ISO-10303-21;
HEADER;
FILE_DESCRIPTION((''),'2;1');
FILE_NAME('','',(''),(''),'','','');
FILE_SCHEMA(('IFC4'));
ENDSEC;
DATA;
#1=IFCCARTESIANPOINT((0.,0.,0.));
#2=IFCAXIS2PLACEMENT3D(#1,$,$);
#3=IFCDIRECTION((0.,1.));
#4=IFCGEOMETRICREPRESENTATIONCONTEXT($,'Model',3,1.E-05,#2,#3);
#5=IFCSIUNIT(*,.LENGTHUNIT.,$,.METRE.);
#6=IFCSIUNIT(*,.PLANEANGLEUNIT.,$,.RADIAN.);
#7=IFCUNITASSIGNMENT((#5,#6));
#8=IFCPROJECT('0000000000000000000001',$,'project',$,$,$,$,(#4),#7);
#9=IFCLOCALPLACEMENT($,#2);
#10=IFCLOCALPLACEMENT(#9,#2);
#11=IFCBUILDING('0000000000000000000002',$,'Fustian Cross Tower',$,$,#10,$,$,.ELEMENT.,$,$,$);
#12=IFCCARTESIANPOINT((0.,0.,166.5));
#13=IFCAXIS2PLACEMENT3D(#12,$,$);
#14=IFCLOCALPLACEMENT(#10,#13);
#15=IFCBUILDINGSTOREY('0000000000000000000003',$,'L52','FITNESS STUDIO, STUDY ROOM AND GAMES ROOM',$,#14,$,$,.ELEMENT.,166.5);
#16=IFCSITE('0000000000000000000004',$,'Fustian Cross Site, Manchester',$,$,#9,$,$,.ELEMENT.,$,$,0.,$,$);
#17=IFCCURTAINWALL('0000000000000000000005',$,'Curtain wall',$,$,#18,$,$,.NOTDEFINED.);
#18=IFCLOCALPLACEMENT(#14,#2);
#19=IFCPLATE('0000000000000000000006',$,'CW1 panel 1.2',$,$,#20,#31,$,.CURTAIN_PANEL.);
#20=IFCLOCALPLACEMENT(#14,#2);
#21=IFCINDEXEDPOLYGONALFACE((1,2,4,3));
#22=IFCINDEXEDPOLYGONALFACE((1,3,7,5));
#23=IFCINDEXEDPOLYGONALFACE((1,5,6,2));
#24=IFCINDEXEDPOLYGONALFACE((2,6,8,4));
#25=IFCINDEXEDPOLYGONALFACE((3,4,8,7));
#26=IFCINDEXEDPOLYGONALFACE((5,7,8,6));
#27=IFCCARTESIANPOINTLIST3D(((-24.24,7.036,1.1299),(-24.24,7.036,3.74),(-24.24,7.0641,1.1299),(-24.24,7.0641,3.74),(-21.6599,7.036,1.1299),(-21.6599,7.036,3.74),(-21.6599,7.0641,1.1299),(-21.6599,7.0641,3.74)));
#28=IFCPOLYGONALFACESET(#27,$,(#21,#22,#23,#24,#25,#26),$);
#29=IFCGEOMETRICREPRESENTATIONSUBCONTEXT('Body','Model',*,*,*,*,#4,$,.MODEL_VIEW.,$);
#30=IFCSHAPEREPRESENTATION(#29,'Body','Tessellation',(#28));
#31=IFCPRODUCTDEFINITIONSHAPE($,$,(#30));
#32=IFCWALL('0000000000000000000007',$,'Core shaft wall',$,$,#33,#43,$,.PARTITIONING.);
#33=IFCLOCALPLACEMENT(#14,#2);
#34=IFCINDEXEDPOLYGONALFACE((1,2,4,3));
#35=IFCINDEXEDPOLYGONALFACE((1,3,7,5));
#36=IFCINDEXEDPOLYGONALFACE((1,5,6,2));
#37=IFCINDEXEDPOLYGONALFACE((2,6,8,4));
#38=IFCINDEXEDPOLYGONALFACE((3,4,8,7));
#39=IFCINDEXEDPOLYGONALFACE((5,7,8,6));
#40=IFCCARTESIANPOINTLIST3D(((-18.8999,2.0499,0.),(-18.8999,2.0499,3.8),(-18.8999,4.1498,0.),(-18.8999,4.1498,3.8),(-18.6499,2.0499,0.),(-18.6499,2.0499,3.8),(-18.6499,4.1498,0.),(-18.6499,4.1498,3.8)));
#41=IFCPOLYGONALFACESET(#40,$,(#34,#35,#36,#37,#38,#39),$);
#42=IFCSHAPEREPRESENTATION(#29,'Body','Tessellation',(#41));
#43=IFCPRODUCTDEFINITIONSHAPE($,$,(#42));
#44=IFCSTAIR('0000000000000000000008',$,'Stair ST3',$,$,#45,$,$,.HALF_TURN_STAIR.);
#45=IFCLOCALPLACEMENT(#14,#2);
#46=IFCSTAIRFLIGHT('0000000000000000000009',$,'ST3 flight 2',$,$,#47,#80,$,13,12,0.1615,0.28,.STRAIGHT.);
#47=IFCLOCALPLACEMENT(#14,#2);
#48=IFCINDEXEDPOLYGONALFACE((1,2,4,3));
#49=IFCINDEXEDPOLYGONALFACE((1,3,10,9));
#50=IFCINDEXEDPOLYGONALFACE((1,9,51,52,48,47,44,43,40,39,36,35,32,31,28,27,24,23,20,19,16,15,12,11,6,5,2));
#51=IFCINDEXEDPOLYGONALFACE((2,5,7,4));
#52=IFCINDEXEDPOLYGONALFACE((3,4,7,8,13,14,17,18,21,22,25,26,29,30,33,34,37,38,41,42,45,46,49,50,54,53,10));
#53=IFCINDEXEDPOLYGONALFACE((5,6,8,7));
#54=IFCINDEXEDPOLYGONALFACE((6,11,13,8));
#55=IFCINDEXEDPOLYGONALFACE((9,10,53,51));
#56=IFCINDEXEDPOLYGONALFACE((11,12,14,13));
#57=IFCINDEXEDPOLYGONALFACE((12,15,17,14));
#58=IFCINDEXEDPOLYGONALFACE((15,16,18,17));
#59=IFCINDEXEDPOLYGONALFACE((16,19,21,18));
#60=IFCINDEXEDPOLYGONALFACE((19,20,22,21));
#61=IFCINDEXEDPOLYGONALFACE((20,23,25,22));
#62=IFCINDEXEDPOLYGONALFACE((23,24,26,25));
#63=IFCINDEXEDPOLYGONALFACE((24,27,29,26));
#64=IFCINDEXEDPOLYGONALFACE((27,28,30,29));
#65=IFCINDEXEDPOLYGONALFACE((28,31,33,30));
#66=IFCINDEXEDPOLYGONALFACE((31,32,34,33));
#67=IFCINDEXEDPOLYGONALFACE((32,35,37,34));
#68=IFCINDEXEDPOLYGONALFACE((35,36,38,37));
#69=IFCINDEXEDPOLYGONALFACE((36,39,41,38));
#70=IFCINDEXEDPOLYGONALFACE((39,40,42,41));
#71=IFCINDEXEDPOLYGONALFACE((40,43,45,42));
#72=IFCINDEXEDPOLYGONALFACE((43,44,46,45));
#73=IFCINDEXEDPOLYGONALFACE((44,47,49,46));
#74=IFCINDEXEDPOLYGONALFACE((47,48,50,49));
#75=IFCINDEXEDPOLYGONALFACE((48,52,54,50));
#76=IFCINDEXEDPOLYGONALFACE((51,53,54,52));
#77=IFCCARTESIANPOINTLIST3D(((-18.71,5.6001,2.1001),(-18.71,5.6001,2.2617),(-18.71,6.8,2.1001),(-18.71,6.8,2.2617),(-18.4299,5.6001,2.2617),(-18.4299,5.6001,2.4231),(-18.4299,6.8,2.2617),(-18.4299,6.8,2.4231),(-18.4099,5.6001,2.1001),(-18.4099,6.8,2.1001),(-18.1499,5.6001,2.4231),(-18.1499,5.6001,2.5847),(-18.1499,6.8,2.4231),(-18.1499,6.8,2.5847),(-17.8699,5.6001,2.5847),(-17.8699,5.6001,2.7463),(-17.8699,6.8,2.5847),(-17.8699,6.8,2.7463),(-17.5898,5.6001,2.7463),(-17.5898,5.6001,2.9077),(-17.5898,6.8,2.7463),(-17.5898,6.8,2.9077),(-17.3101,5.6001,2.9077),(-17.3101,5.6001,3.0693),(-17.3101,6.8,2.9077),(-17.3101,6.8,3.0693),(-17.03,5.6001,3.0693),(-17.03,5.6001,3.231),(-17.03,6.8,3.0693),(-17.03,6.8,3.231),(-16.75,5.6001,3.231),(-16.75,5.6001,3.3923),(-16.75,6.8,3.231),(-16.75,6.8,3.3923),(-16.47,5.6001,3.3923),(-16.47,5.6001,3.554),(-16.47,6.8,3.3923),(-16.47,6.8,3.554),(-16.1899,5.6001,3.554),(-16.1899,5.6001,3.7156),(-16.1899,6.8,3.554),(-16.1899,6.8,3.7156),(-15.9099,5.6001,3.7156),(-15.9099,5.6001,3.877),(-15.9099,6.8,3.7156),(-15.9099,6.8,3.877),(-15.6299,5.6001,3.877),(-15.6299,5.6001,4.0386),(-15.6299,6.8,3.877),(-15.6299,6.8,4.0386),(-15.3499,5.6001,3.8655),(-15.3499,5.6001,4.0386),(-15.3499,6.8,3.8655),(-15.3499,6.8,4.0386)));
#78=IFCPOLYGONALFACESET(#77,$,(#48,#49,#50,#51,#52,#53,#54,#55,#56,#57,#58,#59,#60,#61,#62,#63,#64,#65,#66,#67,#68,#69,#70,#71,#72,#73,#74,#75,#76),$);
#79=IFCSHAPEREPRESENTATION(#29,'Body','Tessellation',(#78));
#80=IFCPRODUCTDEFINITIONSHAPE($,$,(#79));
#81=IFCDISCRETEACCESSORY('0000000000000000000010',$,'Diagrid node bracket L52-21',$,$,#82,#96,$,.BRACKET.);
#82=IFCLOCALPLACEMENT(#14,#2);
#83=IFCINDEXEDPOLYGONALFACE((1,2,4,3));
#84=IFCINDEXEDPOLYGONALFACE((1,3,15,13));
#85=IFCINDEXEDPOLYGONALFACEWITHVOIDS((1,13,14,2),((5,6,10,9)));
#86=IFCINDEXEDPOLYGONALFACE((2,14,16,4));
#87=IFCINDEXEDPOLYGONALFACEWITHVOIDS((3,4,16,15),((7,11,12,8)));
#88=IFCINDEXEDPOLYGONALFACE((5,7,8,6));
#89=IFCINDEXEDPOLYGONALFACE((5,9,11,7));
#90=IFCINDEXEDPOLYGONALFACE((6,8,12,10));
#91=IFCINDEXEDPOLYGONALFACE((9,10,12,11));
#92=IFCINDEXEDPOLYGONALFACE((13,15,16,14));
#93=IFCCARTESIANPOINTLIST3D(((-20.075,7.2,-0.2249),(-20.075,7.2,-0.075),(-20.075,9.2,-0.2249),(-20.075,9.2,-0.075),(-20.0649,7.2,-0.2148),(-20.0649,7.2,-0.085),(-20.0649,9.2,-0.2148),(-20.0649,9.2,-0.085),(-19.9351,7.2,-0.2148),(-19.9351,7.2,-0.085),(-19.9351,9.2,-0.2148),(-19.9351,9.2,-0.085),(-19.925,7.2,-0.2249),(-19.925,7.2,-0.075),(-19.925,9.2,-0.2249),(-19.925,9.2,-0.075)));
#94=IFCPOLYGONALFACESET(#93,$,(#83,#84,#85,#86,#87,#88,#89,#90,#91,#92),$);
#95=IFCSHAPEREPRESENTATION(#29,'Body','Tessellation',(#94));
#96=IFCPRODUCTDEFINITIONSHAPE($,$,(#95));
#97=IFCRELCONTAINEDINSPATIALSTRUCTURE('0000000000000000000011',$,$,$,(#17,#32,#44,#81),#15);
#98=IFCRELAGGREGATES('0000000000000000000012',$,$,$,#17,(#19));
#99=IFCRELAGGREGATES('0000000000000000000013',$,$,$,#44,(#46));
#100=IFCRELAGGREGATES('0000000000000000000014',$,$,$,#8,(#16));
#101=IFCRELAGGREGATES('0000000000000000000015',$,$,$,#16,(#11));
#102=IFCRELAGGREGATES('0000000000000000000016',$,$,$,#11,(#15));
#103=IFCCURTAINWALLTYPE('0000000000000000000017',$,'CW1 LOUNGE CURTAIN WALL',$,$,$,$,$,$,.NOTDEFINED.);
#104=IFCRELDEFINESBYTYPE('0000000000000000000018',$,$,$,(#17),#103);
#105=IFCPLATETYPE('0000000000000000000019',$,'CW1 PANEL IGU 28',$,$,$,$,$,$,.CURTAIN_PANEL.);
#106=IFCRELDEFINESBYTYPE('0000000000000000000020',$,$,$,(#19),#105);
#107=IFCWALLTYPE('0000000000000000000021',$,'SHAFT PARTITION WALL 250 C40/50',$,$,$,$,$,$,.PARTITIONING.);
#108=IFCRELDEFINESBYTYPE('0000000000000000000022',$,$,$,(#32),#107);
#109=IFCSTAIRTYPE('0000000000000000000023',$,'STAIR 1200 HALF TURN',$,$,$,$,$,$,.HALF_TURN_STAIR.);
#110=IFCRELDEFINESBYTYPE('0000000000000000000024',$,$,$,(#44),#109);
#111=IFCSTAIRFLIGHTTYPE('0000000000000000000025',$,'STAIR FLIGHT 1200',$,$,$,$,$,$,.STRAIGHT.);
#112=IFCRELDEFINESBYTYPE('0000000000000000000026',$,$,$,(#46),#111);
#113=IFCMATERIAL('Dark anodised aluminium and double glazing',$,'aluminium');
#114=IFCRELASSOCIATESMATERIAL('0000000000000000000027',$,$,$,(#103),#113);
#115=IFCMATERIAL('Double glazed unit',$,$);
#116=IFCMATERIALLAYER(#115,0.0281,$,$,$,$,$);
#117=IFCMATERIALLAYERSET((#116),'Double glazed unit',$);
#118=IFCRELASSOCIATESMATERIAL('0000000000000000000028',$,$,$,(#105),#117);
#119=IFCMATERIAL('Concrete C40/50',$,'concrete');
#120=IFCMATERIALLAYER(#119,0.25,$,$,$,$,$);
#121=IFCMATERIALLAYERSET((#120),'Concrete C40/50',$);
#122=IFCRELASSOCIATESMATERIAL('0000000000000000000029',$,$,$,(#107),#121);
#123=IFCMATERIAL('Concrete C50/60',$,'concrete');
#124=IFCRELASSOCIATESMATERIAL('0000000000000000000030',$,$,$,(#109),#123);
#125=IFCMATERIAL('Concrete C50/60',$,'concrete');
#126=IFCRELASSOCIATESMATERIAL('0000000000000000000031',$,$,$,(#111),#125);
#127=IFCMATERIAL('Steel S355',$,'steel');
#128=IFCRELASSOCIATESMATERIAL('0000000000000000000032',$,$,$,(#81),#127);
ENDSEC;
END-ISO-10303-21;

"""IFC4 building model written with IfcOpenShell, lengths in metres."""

from ifc_helpers import new_model, si_unit, direction, frame, frame_2d, origin, origin_2d, place, context, subcontext, project, spatial, polyline, rectangle, hollow_rectangle, outline, extrude, material, layer, layer_set, type_object, element, aggregate, save


model = new_model("IFC4")

# Units and contexts
model_context = context("Model", 3, precision=1e-05, world=origin(), true_north=direction((0.0, 1.0)))
body_context = subcontext(model_context, "Body", "Model", "MODEL_VIEW")
ifc_project = project(units=[si_unit("LENGTHUNIT", "METRE"), si_unit("PLANEANGLEUNIT", "RADIAN")], contexts=[model_context])

# Site, building, storey
site_placement = place(None, origin())
site = spatial("IfcSite", under=ifc_project, at=site_placement, Name="Fustian Cross Site, Manchester", CompositionType="ELEMENT", RefElevation=0.0)
building_placement = place(site_placement, origin())
building = spatial("IfcBuilding", under=site, at=building_placement, Name="Fustian Cross Tower", CompositionType="ELEMENT")
storey_placement = place(building_placement, frame((0.0, 0.0, 166.5)))
storey = spatial("IfcBuildingStorey", under=building, at=storey_placement, Name="L52", Description="FITNESS STUDIO, STUDY ROOM AND GAMES ROOM", CompositionType="ELEMENT", Elevation=166.5)

# Curtain wall
ifc_material_1 = material(Name="Dark anodised aluminium and double glazing", Category="aluminium")
curtain_wall_type = type_object("IfcCurtainWallType", Name="CW1 LOUNGE CURTAIN WALL", PredefinedType="NOTDEFINED", material=ifc_material_1)
curtain_wall_1_placement = place(storey_placement, origin())
curtain_wall_1 = element("IfcCurtainWall", 1, at=curtain_wall_1_placement, inside=storey, type_object=curtain_wall_type, Name="Curtain wall", PredefinedType="NOTDEFINED")

# Plate
ifc_material_2 = material(Name="Double glazed unit")
ifc_layer_1 = layer(ifc_material_2, 0.0281)
ifc_layer_set_1 = layer_set([ifc_layer_1], Name="Double glazed unit")
plate_type = type_object("IfcPlateType", Name="CW1 PANEL IGU 28", PredefinedType="CURTAIN_PANEL", material=ifc_layer_set_1)
plate_1_placement = place(storey_placement, frame((-22.95, 7.05, 1.1299), z_axis=(0.0, 0.0, 1.0), x_axis=(-1.0, 0.0, 0.0)))
plate_1 = element("IfcPlate", 2, at=plate_1_placement, type_object=plate_type, Name="CW1 panel 1.2", PredefinedType="CURTAIN_PANEL", context=body_context, shape_type="SweptSolid", body=[
    extrude(rectangle(XDim=2.5801, YDim=0.0281, at=origin_2d()), origin(), (0.0, 0.0, 1.0), 2.6101),
])
aggregate(curtain_wall_1, [plate_1])

# Wall
ifc_material_3 = material(Name="Concrete C40/50", Category="concrete")
ifc_layer_2 = layer(ifc_material_3, 0.25)
ifc_layer_set_2 = layer_set([ifc_layer_2], Name="Concrete C40/50")
wall_type = type_object("IfcWallType", Name="SHAFT PARTITION WALL 250 C40/50", PredefinedType="PARTITIONING", material=ifc_layer_set_2)
wall_placement = place(storey_placement, frame((-18.7749, 2.05, 0.0), z_axis=(0.0, 0.0, 1.0), x_axis=(0.0, 1.0, 0.0)))
element("IfcWall", 3, at=wall_placement, inside=storey, type_object=wall_type, Name="Core shaft wall", PredefinedType="PARTITIONING", context=body_context, shape_type="SweptSolid", body=[
    extrude(rectangle(XDim=2.0999, YDim=0.25, at=frame_2d((1.0498, 0.0))), origin(), (0.0, 0.0, 1.0), 3.8),
])

# Stair, stair flight
ifc_material_4 = material(Name="Concrete C50/60", Category="concrete")
stair_type = type_object("IfcStairType", Name="STAIR 1200 HALF TURN", PredefinedType="HALF_TURN_STAIR", material=ifc_material_4)
stair_placement = place(storey_placement, origin())
stair = element("IfcStair", 4, at=stair_placement, inside=storey, type_object=stair_type, Name="Stair ST3", PredefinedType="HALF_TURN_STAIR")
ifc_material_5 = material(Name="Concrete C50/60", Category="concrete")
stair_flight_type = type_object("IfcStairFlightType", Name="STAIR FLIGHT 1200", PredefinedType="STRAIGHT", material=ifc_material_5)
stair_flight_placement = place(storey_placement, frame((-18.71, 6.2, 2.1001), z_axis=(0.0, 0.0, 1.0), x_axis=(1.0, 0.0, 0.0)))
stair_flight = element("IfcStairFlight", 5, at=stair_flight_placement, type_object=stair_flight_type, Name="ST3 flight 2", NumberOfRisers=13, NumberOfTreads=12, PredefinedType="STRAIGHT", RiserHeight=0.1615, TreadLength=0.28, context=body_context, shape_type="SweptSolid", body=[
    extrude(outline(polyline([(0.0, 0.0), (0.0, 0.1616), (0.28, 0.1616), (0.28, 0.323), (0.5601, 0.323), (0.5601, 0.4846), (0.8401, 0.4846), (0.8401, 0.6462), (1.1201, 0.6462), (1.1201, 0.8076), (1.3999, 0.8076), (1.3999, 0.9692), (1.6799, 0.9692), (1.6799, 1.1309), (1.96, 1.1309), (1.96, 1.2922), (2.24, 1.2922), (2.24, 1.4539), (2.52, 1.4539), (2.52, 1.6155), (2.8, 1.6155), (2.8, 1.7769), (3.0801, 1.7769), (3.0801, 1.9385), (3.3601, 1.9385), (3.3601, 2.1001), (3.3601, 1.7654), (0.3, 0.0), (0.0, 0.0)])), frame((0.0, 0.6001, 0.0), z_axis=(0.0, -1.0, 0.0), x_axis=(1.0, 0.0, 0.0)), (0.0, 0.0, 1.0), 1.2),
])
aggregate(stair, [stair_flight])

# Discrete accessory
ifc_material_6 = material(Name="Steel S355", Category="steel")
discrete_accessory_placement = place(storey_placement, frame((-20.0, 9.2, -0.1499), z_axis=(0.0, -1.0, 0.0), x_axis=(1.0, 0.0, 0.0)))
element("IfcDiscreteAccessory", 6, at=discrete_accessory_placement, inside=storey, material=ifc_material_6, Name="Diagrid node bracket L52-21", PredefinedType="BRACKET", context=body_context, shape_type="SweptSolid", body=[
    extrude(hollow_rectangle(XDim=0.1499, YDim=0.1499, WallThickness=0.01, at=origin_2d()), origin(), (0.0, 0.0, 1.0), 2.0),
])

save(model, "model.ifc")
